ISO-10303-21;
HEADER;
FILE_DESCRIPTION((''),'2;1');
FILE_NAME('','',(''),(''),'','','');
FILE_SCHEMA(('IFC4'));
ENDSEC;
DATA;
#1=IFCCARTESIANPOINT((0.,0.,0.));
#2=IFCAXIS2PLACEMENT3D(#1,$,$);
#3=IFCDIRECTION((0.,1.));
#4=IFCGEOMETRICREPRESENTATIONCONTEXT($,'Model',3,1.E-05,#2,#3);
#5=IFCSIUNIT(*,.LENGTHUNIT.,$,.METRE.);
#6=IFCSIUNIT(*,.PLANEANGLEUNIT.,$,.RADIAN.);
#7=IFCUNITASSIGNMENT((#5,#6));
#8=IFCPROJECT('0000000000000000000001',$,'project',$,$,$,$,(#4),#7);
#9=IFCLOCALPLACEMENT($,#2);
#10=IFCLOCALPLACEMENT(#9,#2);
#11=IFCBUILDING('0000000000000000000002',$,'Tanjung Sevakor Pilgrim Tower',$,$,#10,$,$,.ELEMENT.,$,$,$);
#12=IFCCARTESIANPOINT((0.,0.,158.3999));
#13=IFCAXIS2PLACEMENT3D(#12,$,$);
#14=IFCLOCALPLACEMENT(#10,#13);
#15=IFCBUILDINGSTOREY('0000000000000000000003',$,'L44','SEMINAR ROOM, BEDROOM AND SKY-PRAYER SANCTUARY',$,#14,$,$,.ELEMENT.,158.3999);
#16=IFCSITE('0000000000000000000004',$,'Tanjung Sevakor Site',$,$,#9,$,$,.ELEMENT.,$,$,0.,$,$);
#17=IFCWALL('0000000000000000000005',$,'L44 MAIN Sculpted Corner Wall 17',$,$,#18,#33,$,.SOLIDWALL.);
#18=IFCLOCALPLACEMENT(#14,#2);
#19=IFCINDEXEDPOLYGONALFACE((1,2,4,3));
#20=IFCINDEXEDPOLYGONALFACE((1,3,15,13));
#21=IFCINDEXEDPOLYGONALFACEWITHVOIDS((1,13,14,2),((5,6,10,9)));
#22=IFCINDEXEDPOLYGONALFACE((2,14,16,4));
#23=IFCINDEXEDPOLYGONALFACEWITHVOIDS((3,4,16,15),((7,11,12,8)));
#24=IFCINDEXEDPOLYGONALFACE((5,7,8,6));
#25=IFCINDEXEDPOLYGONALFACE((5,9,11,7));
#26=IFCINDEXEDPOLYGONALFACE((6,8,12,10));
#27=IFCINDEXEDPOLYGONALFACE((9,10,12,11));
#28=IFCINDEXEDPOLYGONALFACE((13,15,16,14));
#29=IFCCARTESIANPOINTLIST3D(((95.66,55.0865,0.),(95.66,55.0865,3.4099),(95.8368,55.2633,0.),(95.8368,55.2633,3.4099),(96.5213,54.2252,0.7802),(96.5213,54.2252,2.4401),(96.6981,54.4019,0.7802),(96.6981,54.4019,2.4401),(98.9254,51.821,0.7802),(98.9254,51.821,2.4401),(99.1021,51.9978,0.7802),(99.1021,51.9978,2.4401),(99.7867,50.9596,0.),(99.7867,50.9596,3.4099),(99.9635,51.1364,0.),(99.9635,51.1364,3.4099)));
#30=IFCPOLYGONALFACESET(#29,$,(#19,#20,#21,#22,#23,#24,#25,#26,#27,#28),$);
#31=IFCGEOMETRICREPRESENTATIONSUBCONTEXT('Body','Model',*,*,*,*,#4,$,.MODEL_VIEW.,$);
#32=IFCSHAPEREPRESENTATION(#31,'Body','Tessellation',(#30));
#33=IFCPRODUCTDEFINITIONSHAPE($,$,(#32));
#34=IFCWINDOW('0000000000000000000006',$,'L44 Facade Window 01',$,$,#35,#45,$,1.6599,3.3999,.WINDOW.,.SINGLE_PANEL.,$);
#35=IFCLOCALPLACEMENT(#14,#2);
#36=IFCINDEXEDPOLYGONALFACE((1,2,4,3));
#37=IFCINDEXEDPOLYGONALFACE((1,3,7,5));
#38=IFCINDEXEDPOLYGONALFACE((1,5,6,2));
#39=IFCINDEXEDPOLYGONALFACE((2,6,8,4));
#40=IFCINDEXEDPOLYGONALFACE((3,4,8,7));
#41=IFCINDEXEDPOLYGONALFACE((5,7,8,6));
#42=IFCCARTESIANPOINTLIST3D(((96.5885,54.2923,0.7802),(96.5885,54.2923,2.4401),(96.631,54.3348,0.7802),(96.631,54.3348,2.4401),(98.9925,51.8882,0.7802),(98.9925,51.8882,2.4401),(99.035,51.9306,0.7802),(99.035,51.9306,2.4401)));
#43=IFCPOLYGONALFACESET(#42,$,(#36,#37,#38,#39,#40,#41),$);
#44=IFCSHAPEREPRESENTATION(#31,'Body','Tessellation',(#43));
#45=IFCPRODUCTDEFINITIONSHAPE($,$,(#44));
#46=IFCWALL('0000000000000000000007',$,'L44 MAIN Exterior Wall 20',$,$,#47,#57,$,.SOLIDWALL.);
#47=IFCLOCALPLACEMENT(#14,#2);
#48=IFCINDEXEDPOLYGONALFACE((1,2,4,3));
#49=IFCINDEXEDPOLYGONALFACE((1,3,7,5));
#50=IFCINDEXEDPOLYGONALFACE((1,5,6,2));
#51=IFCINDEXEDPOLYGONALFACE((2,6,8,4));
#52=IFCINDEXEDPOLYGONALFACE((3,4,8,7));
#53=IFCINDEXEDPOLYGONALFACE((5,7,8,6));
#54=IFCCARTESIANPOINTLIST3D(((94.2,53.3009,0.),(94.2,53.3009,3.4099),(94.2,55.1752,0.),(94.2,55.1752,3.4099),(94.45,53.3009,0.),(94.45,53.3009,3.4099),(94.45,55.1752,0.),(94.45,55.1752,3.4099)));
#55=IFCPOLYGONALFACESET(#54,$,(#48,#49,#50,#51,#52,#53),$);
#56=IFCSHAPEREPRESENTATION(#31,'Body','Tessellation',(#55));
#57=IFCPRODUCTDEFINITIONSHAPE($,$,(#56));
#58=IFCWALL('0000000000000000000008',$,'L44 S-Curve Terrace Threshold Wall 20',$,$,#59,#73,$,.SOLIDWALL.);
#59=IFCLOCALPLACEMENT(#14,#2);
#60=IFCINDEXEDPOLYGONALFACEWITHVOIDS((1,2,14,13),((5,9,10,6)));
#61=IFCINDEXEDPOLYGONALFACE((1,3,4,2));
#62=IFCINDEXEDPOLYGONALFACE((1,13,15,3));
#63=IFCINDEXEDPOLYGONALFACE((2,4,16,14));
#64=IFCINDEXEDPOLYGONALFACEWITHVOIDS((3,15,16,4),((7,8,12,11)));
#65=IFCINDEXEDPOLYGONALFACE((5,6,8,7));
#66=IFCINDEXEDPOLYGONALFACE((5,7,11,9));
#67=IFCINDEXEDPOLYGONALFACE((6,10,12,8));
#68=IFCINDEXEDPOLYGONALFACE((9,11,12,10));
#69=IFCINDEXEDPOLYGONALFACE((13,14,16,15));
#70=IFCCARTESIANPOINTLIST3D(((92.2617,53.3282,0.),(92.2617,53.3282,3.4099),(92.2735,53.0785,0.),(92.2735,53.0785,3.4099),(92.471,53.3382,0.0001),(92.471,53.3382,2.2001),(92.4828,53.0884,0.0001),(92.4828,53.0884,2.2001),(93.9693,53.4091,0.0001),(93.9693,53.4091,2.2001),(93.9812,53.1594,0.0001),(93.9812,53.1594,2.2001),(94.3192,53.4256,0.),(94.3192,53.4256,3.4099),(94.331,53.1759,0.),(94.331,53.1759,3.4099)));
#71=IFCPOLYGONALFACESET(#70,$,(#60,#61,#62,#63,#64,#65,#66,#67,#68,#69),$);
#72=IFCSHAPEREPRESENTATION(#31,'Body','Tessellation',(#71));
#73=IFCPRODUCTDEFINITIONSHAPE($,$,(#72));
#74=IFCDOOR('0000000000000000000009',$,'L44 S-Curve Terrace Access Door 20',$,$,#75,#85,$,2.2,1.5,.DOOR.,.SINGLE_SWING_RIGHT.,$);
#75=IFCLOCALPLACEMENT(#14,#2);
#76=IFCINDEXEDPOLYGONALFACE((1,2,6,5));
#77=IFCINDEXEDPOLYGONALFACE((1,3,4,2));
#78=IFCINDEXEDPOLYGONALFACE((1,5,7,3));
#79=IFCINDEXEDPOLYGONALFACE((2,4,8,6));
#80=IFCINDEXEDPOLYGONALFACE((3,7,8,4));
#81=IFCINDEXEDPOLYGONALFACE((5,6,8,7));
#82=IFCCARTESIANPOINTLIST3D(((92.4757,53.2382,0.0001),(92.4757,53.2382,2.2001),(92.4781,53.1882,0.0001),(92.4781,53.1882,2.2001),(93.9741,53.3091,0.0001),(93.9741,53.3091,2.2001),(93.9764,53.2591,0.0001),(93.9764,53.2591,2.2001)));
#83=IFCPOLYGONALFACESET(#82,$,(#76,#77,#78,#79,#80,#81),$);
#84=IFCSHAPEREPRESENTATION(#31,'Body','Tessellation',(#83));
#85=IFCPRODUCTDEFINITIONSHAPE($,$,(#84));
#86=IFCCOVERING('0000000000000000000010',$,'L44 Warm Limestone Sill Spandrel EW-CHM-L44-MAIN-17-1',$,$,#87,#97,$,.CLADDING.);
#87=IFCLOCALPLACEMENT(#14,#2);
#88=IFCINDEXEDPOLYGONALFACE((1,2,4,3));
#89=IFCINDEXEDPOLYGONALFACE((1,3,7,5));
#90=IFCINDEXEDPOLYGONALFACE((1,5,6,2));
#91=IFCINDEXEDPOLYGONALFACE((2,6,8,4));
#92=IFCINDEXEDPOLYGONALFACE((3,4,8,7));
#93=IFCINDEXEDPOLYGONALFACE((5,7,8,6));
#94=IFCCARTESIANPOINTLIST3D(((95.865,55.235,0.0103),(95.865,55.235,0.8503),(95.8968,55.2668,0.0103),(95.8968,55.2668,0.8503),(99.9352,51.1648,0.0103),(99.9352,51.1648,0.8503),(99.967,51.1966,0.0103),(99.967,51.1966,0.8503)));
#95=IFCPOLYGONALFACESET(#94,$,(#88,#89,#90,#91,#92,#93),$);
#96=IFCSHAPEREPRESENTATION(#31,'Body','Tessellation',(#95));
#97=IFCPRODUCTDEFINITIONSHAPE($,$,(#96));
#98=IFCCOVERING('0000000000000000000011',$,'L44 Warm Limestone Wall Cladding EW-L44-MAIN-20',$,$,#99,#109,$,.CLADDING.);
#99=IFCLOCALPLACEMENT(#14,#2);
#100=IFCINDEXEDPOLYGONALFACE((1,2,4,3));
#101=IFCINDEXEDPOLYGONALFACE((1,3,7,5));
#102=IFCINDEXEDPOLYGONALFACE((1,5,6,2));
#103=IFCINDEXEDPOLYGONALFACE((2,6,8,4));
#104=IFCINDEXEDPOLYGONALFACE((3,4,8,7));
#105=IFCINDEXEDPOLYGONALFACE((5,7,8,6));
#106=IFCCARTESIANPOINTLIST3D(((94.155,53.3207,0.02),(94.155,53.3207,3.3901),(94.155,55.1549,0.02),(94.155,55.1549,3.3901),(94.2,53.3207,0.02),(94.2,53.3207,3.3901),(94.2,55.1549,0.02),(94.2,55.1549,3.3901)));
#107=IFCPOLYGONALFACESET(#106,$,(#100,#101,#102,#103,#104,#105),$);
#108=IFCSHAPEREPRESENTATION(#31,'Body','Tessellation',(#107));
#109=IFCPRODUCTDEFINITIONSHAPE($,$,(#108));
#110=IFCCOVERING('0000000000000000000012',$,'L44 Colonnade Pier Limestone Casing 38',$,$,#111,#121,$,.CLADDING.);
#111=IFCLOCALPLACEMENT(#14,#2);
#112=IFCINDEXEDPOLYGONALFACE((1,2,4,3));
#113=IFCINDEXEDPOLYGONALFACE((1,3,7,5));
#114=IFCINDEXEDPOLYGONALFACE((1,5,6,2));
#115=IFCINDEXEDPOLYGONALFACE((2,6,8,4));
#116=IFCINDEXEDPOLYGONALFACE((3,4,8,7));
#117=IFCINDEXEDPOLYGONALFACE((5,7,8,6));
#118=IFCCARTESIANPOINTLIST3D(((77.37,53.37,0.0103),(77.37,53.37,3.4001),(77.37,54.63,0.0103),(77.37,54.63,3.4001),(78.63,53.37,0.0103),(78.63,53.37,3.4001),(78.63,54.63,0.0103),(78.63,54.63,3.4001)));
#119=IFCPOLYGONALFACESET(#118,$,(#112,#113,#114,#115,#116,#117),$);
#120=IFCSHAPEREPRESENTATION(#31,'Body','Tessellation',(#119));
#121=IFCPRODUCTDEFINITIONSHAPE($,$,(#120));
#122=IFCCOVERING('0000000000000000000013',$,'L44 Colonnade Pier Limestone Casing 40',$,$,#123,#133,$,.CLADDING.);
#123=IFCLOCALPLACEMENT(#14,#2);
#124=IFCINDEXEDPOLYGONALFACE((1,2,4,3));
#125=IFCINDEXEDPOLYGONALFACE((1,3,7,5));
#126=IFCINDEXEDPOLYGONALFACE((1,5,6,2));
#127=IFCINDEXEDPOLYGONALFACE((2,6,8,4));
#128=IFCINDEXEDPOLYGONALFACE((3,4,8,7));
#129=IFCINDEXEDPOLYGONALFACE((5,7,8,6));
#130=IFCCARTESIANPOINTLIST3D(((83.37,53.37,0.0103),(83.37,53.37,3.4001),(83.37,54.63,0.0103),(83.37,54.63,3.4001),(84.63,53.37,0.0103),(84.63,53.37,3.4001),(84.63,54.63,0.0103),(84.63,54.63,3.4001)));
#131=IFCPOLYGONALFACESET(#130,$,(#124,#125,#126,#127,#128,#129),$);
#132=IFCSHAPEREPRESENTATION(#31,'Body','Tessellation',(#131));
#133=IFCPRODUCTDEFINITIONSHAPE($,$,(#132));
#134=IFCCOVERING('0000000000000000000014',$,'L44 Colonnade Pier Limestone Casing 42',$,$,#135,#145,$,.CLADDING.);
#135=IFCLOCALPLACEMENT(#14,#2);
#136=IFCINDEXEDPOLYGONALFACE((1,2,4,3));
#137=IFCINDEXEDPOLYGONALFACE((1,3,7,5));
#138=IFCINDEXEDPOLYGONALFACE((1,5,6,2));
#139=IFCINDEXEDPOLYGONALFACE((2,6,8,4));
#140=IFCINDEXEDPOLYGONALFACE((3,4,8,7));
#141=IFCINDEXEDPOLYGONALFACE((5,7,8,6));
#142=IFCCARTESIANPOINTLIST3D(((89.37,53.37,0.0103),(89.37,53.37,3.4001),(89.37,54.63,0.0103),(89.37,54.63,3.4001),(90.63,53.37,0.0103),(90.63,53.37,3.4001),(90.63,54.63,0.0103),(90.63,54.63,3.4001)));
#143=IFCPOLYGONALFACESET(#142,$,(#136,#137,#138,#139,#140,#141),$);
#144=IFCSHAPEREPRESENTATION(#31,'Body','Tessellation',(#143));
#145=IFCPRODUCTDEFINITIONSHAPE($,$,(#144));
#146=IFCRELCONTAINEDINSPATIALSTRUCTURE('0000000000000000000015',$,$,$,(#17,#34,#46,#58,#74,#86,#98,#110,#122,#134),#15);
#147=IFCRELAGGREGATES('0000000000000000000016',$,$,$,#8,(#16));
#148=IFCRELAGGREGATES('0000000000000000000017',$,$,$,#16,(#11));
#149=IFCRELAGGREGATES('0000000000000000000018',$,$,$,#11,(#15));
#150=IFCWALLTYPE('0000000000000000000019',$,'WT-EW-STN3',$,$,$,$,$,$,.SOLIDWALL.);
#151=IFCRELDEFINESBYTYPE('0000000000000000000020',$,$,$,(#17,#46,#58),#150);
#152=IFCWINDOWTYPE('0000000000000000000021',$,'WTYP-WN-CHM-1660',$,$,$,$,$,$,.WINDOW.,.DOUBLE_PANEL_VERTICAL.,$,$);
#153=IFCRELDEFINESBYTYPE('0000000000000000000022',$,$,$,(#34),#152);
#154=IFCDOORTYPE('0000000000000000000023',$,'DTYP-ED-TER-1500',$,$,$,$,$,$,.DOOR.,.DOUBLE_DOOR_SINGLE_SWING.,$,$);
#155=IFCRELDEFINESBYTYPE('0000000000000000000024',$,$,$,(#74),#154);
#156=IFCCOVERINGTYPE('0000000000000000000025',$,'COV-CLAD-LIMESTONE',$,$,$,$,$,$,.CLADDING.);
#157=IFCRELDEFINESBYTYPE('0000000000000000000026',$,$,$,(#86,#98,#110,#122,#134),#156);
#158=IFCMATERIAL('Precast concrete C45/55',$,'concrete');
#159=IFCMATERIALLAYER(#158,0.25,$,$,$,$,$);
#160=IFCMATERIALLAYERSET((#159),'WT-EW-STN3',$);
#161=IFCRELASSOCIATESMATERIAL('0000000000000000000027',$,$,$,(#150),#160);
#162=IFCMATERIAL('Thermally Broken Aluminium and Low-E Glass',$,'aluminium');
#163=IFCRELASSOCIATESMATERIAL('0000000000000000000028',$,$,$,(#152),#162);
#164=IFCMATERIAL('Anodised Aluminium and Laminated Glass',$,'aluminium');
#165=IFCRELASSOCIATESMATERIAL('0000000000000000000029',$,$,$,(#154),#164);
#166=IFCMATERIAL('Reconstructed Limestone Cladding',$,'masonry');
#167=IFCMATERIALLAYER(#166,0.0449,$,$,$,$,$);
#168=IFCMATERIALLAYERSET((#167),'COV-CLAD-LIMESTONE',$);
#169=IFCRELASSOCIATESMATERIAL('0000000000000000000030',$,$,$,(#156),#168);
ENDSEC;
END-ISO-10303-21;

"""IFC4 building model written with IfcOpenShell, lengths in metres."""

from ifc_helpers import new_model, si_unit, direction, frame, frame_2d, origin, origin_2d, place, context, subcontext, project, spatial, rectangle, extrude, material, layer, layer_set, type_object, element, fill, save


model = new_model("IFC4")

# Units and contexts
model_context = context("Model", 3, precision=1e-05, world=origin(), true_north=direction((0.0, 1.0)))
body_context = subcontext(model_context, "Body", "Model", "MODEL_VIEW")
ifc_project = project(units=[si_unit("LENGTHUNIT", "METRE"), si_unit("PLANEANGLEUNIT", "RADIAN")], contexts=[model_context])

# Site, building, storey
site_placement = place(None, origin())
site = spatial("IfcSite", under=ifc_project, at=site_placement, Name="Tanjung Sevakor Site", CompositionType="ELEMENT", RefElevation=0.0)
building_placement = place(site_placement, origin())
building = spatial("IfcBuilding", under=site, at=building_placement, Name="Tanjung Sevakor Pilgrim Tower", CompositionType="ELEMENT")
storey_placement = place(building_placement, frame((0.0, 0.0, 158.3999)))
storey = spatial("IfcBuildingStorey", under=building, at=storey_placement, Name="L44", Description="SEMINAR ROOM, BEDROOM AND SKY-PRAYER SANCTUARY", CompositionType="ELEMENT", Elevation=158.3999)

# Wall, opening, window
ifc_material_1 = material(Name="Precast concrete C45/55", Category="concrete")
ifc_layer_1 = layer(ifc_material_1, 0.25)
ifc_layer_set_1 = layer_set([ifc_layer_1], Name="WT-EW-STN3")
wall_type = type_object("IfcWallType", Name="WT-EW-STN3", PredefinedType="SOLIDWALL", material=ifc_layer_set_1)
wall_1_placement = place(storey_placement, frame((99.875, 51.0481, 0.0), z_axis=(0.0, 0.0, 1.0), x_axis=(-0.707086, 0.707128, 0.0)))
wall_1 = element("IfcWall", 1, at=wall_1_placement, inside=storey, type_object=wall_type, Name="L44 MAIN Sculpted Corner Wall 17", PredefinedType="SOLIDWALL", context=body_context, shape_type="SweptSolid", body=[
    extrude(rectangle(XDim=5.8362, YDim=0.25, at=frame_2d((2.918, 0.0))), origin(), (0.0, 0.0, 1.0), 3.4099),
])
opening_1_placement = place(wall_1_placement, frame((1.218, 0.0, 0.78)))
opening_1 = element("IfcOpeningElement", 2, at=opening_1_placement, cuts=wall_1, PredefinedType="OPENING", context=body_context, shape_type="SweptSolid", body=[
    extrude(rectangle(XDim=3.3999, YDim=1.6599, at=frame_2d((1.7, 0.8301))), frame((0.0, 0.135, 0.0), z_axis=(0.0, -1.0, 0.0), x_axis=(1.0, 0.0, 0.0)), (0.0, 0.0, 1.0), 0.27),
])
ifc_material_2 = material(Name="Thermally Broken Aluminium and Low-E Glass", Category="aluminium")
window_type = type_object("IfcWindowType", Name="WTYP-WN-CHM-1660", PartitioningType="DOUBLE_PANEL_VERTICAL", PredefinedType="WINDOW", material=ifc_material_2)
window_placement = place(opening_1_placement, origin())
window = element("IfcWindow", 3, at=window_placement, inside=storey, type_object=window_type, Name="L44 Facade Window 01", OverallHeight=1.6599, OverallWidth=3.3999, PartitioningType="SINGLE_PANEL", PredefinedType="WINDOW", context=body_context, shape_type="SweptSolid", body=[
    extrude(rectangle(XDim=3.3999, YDim=1.6599, at=frame_2d((1.7, 0.8301))), frame((0.0, 0.03, 0.0), z_axis=(0.0, -1.0, 0.0), x_axis=(1.0, 0.0, 0.0)), (0.0, 0.0, 1.0), 0.0601),
])
fill(opening_1, window)

# Wall
wall_2_placement = place(storey_placement, frame((94.325, 55.175, 0.0), z_axis=(0.0, 0.0, 1.0), x_axis=(0.0, -1.0, 0.0)))
element("IfcWall", 4, at=wall_2_placement, inside=storey, type_object=wall_type, Name="L44 MAIN Exterior Wall 20", PredefinedType="SOLIDWALL", context=body_context, shape_type="SweptSolid", body=[
    extrude(rectangle(XDim=1.8743, YDim=0.25, at=frame_2d((0.937, 0.0))), origin(), (0.0, 0.0, 1.0), 3.4099),
])

# Wall, opening, door
wall_3_placement = place(storey_placement, frame((94.325, 53.3008, 0.0), z_axis=(0.0, 0.0, 1.0), x_axis=(-0.998881, -0.047289, 0.0)))
wall_3 = element("IfcWall", 5, at=wall_3_placement, inside=storey, type_object=wall_type, Name="L44 S-Curve Terrace Threshold Wall 20", PredefinedType="SOLIDWALL", context=body_context, shape_type="SweptSolid", body=[
    extrude(rectangle(XDim=2.0598, YDim=0.25, at=frame_2d((1.0298, 0.0))), origin(), (0.0, 0.0, 1.0), 3.4099),
])
opening_2_placement = place(wall_3_placement, frame((0.3501, 0.0, 0.0)))
opening_2 = element("IfcOpeningElement", 6, at=opening_2_placement, cuts=wall_3, PredefinedType="OPENING", context=body_context, shape_type="SweptSolid", body=[
    extrude(rectangle(XDim=1.5, YDim=2.2, at=frame_2d((0.75, 1.1001))), frame((0.0, 0.135, 0.0), z_axis=(0.0, -1.0, 0.0), x_axis=(1.0, 0.0, 0.0)), (0.0, 0.0, 1.0), 0.27),
])
ifc_material_3 = material(Name="Anodised Aluminium and Laminated Glass", Category="aluminium")
door_type = type_object("IfcDoorType", Name="DTYP-ED-TER-1500", OperationType="DOUBLE_DOOR_SINGLE_SWING", PredefinedType="DOOR", material=ifc_material_3)
door_placement = place(opening_2_placement, frame((1.5, 0.0, 0.0), z_axis=(0.0, 0.0, 1.0), x_axis=(-1.0, 0.0, 0.0)))
door = element("IfcDoor", 7, at=door_placement, inside=storey, type_object=door_type, Name="L44 S-Curve Terrace Access Door 20", OperationType="SINGLE_SWING_RIGHT", OverallHeight=2.2, OverallWidth=1.5, PredefinedType="DOOR", context=body_context, shape_type="SweptSolid", body=[
    extrude(rectangle(XDim=1.5, YDim=2.2, at=frame_2d((0.75, 1.1001))), frame((0.0, 0.0249, 0.0), z_axis=(0.0, -1.0, 0.0), x_axis=(1.0, 0.0, 0.0)), (0.0, 0.0, 1.0), 0.05),
])
fill(opening_2, door)

# Coverings
ifc_material_4 = material(Name="Reconstructed Limestone Cladding", Category="masonry")
ifc_layer_2 = layer(ifc_material_4, 0.0449)
ifc_layer_set_2 = layer_set([ifc_layer_2], Name="COV-CLAD-LIMESTONE")
covering_type = type_object("IfcCoveringType", Name="COV-CLAD-LIMESTONE", PredefinedType="CLADDING", material=ifc_layer_set_2)
covering_1_placement = place(storey_placement, frame((97.916, 53.2158, 0.0103), z_axis=(0.0, 0.0, 1.0), x_axis=(-0.707107, 0.707107, 0.0)))
element("IfcCovering", 8, at=covering_1_placement, inside=storey, type_object=covering_type, Name="L44 Warm Limestone Sill Spandrel EW-CHM-L44-MAIN-17-1", PredefinedType="CLADDING", context=body_context, shape_type="SweptSolid", body=[
    extrude(rectangle(XDim=5.7561, YDim=0.0449, at=origin_2d()), origin(), (0.0, 0.0, 1.0), 0.8401),
])
covering_2_placement = place(storey_placement, frame((94.1775, 54.2378, 0.02), z_axis=(0.0, 0.0, 1.0), x_axis=(0.0, -1.0, 0.0)))
element("IfcCovering", 9, at=covering_2_placement, inside=storey, type_object=covering_type, Name="L44 Warm Limestone Wall Cladding EW-L44-MAIN-20", PredefinedType="CLADDING", context=body_context, shape_type="SweptSolid", body=[
    extrude(rectangle(XDim=1.8342, YDim=0.0449, at=origin_2d()), origin(), (0.0, 0.0, 1.0), 3.3701),
])
for number, where, z_axis, x_axis, name in (
    (10, (78.0, 54.0, 0.0103), (0.0, 0.0, 1.0), (1.0, 0.0, 0.0), "L44 Colonnade Pier Limestone Casing 38"),
    (11, (84.0, 54.0, 0.0103), (0.0, 0.0, 1.0), (1.0, 0.0, 0.0), "L44 Colonnade Pier Limestone Casing 40"),
    (12, (90.0, 54.0, 0.0103), (0.0, 0.0, 1.0), (1.0, 0.0, 0.0), "L44 Colonnade Pier Limestone Casing 42"),
):
    element("IfcCovering", number, at=place(storey_placement, frame(where, z_axis=z_axis, x_axis=x_axis)), inside=storey, type_object=covering_type, Name=name, PredefinedType="CLADDING", context=body_context, shape_type="SweptSolid", body=[
        extrude(rectangle(XDim=1.26, YDim=1.26, at=origin_2d()), origin(), (0.0, 0.0, 1.0), 3.3899),
    ])

save(model, "model.ifc")
